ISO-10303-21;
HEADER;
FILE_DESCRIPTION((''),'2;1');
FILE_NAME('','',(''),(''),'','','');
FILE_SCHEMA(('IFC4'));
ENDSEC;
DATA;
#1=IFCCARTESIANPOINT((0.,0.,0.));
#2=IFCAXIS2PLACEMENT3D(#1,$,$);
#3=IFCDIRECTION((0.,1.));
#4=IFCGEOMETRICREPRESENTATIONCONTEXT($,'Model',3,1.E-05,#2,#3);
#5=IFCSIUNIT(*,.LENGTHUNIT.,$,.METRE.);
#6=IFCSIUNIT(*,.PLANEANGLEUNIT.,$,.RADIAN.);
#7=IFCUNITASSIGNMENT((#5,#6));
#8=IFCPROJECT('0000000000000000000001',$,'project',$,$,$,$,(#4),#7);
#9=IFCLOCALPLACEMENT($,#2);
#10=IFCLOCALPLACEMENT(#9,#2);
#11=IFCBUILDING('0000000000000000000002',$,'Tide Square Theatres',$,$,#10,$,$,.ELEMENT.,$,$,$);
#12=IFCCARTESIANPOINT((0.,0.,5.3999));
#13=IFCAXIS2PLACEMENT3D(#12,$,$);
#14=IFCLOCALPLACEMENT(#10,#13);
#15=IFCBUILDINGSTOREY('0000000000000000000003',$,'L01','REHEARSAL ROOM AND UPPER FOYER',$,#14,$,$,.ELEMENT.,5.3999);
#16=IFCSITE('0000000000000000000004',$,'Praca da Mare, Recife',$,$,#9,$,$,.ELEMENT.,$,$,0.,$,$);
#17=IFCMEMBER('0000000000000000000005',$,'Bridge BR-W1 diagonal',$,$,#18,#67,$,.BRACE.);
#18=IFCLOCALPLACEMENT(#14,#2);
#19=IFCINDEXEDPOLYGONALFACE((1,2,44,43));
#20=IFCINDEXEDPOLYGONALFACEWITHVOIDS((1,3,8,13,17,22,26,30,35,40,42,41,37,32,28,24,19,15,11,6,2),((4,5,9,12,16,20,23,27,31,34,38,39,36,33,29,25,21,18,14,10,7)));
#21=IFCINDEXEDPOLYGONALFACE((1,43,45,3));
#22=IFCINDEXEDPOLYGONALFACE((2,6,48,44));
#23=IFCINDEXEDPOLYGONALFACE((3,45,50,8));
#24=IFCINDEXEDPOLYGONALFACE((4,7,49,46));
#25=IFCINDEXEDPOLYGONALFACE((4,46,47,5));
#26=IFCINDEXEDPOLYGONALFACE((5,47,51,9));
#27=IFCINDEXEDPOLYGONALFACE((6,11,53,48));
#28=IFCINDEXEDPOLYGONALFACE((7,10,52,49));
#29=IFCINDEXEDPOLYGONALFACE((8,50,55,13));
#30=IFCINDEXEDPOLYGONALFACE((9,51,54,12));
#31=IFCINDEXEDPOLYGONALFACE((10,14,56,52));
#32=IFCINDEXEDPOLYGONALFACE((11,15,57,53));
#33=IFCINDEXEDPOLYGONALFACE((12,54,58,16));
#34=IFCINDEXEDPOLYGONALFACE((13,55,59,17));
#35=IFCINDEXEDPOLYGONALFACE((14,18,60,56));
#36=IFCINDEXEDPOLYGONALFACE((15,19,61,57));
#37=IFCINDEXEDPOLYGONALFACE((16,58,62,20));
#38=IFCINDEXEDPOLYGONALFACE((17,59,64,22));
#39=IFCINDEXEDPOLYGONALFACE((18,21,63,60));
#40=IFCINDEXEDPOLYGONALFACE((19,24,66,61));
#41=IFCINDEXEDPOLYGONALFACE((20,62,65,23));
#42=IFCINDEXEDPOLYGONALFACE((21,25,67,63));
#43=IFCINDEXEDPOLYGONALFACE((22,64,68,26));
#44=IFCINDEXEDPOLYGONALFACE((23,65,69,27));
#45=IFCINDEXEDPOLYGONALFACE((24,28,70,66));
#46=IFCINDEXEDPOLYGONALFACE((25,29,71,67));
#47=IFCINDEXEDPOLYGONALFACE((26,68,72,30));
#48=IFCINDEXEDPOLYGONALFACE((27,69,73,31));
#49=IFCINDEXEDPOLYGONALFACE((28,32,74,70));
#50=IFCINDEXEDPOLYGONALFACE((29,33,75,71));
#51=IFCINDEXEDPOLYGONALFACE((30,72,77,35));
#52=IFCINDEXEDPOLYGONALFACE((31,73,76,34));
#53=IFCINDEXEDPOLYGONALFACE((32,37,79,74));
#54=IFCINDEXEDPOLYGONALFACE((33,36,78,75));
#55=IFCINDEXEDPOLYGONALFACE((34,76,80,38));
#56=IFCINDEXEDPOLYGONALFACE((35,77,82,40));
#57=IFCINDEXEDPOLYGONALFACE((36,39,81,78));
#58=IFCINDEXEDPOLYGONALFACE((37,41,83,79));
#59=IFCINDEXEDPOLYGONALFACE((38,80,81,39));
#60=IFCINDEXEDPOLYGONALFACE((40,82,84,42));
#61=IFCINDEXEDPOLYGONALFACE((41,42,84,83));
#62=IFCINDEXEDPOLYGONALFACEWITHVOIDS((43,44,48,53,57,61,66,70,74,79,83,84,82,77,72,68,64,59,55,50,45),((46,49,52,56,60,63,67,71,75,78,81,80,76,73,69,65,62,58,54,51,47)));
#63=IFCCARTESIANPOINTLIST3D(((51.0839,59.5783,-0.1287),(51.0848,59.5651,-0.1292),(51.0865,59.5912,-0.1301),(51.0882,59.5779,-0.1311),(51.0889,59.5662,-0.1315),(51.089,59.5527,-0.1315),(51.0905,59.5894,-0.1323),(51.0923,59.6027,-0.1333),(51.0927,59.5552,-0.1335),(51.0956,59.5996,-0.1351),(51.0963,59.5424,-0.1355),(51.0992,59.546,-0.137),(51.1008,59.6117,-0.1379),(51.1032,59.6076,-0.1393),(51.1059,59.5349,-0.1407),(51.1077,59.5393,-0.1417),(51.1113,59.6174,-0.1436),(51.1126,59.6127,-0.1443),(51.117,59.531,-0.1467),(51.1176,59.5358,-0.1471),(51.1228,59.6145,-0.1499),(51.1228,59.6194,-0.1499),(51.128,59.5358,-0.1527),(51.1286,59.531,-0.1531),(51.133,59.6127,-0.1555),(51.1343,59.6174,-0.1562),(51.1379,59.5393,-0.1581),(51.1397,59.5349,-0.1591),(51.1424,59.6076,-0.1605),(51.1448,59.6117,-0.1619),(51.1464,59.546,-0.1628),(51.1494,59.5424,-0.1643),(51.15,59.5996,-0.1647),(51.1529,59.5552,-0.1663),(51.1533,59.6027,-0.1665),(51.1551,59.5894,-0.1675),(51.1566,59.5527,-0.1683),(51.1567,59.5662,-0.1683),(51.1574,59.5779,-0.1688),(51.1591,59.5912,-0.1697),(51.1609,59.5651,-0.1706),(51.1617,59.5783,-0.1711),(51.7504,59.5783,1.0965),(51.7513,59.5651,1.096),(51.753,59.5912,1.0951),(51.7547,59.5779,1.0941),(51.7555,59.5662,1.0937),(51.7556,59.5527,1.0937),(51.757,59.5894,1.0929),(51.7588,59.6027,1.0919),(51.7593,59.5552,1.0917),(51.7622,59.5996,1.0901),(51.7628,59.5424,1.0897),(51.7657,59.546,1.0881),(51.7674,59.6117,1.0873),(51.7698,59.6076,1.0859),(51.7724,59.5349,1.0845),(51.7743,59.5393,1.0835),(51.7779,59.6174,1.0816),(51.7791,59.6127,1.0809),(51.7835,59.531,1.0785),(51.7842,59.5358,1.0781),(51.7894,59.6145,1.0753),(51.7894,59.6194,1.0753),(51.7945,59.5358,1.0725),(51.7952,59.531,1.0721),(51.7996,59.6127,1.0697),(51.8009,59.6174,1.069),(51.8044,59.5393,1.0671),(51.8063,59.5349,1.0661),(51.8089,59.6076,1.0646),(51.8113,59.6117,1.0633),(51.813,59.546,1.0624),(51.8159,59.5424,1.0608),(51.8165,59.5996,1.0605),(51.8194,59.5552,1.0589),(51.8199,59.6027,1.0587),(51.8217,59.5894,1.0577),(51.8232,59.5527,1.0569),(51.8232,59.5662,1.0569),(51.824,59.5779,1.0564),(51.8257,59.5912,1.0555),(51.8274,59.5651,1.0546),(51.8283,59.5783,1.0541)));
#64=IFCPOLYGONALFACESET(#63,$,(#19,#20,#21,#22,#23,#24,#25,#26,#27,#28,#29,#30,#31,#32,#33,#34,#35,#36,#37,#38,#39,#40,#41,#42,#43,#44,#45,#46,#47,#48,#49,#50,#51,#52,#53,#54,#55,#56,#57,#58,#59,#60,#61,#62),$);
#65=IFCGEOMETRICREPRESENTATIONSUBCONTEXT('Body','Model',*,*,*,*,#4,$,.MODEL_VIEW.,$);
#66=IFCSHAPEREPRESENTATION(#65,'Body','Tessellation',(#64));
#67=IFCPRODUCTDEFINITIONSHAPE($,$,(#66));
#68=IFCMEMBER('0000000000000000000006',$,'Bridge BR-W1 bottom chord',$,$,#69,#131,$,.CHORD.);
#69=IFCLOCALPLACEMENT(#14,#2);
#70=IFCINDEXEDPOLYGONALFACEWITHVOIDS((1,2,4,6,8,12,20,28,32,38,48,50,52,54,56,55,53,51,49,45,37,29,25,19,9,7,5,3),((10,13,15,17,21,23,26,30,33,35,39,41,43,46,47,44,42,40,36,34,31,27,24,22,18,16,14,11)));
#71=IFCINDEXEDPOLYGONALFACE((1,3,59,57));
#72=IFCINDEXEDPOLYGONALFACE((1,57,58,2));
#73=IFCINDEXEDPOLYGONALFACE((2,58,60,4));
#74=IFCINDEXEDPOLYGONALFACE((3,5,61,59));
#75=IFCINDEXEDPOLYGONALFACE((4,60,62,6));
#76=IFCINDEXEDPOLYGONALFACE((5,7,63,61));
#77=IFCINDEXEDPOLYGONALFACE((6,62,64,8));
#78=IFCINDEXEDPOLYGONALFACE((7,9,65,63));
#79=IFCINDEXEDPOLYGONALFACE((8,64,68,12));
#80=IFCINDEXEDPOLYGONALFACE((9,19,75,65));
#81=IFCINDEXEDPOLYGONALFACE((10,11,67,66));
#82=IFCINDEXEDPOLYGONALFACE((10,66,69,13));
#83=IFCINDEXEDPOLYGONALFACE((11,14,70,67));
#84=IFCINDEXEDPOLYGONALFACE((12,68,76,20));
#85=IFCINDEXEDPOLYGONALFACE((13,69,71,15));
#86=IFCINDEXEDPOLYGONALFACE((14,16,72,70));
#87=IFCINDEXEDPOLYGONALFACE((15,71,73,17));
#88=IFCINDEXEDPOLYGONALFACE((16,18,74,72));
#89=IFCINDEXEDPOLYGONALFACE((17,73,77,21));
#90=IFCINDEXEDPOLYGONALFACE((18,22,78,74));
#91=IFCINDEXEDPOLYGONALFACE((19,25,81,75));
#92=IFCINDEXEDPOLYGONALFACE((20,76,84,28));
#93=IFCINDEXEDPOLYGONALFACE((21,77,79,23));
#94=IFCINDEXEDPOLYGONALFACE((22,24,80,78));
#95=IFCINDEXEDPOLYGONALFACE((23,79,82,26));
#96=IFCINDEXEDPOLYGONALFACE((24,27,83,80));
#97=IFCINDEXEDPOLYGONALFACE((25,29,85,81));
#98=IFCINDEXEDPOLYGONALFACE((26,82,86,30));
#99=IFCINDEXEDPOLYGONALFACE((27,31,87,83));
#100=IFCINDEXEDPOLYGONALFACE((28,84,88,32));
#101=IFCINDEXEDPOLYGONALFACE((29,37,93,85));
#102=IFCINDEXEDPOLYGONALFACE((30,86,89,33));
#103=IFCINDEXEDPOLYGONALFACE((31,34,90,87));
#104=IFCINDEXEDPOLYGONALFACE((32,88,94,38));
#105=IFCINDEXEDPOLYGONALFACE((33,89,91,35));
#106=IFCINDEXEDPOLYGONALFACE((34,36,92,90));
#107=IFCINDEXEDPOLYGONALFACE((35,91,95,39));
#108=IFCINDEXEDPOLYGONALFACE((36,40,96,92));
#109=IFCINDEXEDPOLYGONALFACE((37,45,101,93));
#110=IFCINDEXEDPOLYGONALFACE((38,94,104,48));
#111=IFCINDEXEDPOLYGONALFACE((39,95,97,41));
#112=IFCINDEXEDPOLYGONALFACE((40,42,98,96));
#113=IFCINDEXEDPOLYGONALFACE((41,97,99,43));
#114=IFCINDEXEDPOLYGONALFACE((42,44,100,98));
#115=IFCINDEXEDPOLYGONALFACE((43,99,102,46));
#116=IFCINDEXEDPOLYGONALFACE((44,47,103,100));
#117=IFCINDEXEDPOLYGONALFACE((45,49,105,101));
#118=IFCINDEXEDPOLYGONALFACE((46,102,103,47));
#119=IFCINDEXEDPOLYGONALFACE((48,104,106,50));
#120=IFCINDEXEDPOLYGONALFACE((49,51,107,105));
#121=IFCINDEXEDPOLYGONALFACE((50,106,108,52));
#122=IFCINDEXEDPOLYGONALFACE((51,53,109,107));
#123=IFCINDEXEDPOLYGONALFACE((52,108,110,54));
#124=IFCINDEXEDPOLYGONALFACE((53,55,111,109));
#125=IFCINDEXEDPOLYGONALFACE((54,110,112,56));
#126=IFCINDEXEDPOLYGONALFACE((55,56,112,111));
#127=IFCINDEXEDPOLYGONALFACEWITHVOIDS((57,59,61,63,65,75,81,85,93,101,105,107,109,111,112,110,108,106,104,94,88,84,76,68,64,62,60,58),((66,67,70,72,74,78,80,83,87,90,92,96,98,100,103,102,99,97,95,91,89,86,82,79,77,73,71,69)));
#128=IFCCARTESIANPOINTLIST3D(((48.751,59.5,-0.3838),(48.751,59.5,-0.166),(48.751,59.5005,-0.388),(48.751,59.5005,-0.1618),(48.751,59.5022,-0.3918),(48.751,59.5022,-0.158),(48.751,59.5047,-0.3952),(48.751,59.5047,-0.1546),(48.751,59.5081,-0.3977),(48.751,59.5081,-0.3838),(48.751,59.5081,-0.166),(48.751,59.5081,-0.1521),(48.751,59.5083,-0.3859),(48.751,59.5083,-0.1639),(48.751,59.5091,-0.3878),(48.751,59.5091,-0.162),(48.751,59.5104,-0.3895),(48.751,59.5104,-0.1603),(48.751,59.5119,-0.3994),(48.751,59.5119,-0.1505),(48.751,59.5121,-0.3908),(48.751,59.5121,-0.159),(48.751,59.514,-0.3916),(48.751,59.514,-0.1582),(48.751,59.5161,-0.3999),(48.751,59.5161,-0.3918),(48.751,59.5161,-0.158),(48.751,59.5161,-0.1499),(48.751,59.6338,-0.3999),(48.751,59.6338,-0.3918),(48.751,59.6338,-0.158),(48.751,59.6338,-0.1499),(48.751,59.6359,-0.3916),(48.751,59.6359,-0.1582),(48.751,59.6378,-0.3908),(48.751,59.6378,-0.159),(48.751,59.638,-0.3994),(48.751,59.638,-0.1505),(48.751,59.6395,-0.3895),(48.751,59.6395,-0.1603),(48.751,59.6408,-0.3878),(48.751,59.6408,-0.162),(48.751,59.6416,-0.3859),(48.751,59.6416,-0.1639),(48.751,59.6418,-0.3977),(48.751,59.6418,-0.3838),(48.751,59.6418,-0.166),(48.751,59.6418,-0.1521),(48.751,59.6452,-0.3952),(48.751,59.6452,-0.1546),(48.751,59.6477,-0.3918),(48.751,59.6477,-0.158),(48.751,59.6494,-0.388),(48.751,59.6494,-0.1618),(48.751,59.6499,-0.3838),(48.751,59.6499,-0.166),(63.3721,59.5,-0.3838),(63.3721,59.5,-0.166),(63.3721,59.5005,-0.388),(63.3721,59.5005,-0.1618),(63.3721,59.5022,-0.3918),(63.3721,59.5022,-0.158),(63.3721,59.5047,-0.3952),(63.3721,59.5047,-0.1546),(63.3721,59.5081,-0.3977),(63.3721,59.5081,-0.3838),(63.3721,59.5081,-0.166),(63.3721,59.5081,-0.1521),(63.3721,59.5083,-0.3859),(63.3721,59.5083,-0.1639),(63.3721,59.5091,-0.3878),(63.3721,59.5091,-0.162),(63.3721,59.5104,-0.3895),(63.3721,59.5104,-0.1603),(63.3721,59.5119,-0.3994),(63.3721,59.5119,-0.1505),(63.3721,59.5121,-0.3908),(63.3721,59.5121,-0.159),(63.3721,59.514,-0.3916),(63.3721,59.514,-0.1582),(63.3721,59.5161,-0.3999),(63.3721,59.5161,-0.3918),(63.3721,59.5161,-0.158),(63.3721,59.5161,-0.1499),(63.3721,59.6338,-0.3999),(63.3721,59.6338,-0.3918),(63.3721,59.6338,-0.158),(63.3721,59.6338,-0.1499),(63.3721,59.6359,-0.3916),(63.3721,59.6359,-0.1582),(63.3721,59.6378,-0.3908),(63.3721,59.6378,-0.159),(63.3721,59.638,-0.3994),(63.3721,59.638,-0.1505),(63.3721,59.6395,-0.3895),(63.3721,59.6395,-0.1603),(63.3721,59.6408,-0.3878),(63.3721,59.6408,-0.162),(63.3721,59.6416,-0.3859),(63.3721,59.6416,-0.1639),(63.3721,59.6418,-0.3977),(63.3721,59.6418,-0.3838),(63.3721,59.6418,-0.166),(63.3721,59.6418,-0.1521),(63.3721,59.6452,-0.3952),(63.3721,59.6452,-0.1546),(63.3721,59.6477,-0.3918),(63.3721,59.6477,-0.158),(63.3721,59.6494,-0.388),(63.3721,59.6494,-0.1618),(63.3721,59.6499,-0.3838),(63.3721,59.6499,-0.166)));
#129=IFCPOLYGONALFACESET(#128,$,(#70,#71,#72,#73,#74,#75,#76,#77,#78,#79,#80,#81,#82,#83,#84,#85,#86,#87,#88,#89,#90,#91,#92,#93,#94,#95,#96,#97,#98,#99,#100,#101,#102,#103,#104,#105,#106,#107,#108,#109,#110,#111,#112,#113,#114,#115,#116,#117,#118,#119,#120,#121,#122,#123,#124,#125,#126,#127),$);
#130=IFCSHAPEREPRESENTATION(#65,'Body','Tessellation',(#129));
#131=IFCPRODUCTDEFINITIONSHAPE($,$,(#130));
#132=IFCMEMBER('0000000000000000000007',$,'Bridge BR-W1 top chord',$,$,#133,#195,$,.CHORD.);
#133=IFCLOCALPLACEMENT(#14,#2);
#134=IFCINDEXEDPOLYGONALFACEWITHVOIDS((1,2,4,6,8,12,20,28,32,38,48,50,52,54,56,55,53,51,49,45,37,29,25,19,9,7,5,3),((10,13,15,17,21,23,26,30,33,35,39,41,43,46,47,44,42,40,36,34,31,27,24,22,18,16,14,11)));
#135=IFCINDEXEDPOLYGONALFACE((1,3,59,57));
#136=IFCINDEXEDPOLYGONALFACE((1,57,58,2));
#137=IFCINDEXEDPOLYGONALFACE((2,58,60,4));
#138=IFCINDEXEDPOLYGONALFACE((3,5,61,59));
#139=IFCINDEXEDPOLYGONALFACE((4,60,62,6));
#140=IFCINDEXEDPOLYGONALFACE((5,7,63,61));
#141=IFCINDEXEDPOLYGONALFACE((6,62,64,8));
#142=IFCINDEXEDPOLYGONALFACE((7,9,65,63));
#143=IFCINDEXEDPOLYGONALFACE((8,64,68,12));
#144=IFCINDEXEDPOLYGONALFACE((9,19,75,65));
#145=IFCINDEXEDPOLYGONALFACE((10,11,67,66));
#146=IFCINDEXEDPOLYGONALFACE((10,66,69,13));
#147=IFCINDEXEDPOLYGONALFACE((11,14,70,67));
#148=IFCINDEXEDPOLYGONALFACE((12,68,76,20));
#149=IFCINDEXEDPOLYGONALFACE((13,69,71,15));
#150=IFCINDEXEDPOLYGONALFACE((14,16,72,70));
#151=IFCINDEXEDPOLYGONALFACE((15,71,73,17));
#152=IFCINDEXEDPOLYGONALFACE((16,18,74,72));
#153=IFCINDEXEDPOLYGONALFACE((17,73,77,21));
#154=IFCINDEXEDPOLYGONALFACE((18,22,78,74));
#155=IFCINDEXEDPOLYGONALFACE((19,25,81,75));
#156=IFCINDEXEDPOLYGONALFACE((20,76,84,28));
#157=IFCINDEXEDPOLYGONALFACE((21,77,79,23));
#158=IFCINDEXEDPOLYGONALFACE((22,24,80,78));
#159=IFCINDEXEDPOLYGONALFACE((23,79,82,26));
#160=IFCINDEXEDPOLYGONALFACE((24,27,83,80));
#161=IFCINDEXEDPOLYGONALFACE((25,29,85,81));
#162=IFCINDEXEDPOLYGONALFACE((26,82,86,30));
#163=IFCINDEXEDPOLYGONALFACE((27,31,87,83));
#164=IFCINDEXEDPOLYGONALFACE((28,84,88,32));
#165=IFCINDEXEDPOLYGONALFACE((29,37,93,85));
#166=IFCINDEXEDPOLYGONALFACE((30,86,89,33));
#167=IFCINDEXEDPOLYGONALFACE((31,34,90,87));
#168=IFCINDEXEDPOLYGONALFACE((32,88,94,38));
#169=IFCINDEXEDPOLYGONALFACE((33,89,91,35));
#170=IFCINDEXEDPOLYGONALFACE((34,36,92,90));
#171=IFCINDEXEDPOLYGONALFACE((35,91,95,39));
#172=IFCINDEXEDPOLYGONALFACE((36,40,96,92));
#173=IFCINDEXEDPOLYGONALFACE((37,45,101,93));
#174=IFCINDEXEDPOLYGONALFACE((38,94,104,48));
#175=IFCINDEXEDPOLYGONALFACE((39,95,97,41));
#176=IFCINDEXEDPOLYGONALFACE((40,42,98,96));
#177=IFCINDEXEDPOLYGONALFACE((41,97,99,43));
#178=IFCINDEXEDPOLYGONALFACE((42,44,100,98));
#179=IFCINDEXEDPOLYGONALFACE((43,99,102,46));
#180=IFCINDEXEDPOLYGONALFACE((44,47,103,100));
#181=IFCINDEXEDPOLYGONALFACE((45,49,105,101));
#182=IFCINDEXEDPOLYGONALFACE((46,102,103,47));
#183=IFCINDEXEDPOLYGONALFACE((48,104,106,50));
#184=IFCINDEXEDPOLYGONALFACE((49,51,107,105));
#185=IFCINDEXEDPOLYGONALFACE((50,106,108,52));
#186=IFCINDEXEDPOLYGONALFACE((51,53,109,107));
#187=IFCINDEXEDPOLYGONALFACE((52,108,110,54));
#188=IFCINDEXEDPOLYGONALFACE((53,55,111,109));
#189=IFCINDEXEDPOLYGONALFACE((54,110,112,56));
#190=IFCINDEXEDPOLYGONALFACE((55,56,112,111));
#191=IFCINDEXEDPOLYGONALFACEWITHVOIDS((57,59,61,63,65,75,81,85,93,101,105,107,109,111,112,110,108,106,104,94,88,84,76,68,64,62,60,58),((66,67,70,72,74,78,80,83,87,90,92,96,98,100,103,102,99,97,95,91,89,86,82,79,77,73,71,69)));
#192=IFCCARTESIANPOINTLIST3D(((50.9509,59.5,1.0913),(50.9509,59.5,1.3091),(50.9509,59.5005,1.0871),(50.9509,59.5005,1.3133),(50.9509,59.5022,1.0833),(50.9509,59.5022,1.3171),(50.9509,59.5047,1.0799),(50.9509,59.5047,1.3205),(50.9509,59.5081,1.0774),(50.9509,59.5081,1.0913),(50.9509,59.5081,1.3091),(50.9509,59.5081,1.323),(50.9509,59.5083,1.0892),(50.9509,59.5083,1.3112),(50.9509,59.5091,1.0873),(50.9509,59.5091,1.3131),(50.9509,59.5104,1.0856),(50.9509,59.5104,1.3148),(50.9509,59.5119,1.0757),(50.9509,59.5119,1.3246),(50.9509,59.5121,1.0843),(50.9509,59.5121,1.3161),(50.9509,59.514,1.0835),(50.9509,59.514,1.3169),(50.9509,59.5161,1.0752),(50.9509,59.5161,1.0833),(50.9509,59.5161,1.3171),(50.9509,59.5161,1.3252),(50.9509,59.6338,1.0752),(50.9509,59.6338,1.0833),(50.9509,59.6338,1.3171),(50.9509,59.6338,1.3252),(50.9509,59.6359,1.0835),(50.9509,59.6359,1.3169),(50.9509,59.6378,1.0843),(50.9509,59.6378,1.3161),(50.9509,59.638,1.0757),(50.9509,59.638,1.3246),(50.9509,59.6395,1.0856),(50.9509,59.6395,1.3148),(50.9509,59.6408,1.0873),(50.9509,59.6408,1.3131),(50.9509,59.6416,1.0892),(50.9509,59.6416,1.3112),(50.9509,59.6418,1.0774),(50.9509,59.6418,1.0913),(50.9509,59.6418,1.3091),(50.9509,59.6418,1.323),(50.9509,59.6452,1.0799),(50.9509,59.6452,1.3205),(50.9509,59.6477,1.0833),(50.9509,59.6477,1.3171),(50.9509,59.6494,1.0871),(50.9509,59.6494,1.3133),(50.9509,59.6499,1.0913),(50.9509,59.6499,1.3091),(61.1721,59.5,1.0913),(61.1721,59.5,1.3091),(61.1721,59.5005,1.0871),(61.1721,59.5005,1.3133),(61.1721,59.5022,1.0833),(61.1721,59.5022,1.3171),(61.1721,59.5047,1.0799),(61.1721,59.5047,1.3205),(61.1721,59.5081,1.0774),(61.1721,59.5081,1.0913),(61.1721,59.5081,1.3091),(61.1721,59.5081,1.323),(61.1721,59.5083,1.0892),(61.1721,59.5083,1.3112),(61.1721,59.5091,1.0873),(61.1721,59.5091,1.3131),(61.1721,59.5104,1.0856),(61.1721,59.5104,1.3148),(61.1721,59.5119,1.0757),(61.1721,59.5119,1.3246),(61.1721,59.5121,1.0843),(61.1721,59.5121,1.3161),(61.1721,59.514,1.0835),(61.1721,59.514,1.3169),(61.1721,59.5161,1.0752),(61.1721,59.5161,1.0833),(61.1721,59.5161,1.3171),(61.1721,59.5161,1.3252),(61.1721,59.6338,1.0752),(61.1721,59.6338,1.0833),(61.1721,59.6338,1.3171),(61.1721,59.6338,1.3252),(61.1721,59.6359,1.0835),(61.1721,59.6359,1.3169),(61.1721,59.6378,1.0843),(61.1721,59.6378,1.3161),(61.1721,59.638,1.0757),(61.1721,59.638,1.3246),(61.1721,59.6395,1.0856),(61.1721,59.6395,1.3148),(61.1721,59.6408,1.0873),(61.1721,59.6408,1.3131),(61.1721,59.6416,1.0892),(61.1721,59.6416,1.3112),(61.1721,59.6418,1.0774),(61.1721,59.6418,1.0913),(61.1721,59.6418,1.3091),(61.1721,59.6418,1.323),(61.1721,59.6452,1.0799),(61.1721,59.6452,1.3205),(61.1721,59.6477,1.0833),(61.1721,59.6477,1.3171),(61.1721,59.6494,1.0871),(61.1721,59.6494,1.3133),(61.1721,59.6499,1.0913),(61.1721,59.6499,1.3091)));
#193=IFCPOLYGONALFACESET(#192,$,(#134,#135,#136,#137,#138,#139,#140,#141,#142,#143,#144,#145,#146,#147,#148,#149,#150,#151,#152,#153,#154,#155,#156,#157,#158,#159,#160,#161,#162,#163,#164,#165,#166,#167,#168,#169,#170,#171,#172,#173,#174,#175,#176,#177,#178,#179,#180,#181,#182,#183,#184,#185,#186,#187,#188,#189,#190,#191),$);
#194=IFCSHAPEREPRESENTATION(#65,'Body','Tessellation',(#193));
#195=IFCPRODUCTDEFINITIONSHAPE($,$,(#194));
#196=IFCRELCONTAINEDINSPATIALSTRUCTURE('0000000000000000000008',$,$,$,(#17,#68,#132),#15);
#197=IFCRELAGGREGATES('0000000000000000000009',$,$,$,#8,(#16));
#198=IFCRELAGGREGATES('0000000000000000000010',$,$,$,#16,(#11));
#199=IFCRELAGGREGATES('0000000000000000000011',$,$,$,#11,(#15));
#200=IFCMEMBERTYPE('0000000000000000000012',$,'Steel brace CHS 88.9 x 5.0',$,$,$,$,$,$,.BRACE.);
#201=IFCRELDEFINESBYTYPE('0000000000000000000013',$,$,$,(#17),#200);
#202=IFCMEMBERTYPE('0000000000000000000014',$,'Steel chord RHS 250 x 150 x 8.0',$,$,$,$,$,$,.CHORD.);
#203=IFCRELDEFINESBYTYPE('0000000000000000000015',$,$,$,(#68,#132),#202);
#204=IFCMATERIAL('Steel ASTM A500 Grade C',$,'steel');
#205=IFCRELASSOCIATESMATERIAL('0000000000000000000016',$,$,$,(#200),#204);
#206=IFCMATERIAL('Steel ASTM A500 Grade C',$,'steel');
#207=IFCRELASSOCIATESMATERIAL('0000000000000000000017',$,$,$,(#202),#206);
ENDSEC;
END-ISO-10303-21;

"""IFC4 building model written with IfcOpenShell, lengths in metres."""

from ifc_helpers import new_model, si_unit, direction, frame, origin, origin_2d, place, context, subcontext, project, spatial, hollow_rectangle, hollow_circle, extrude, material, material_profile, profile_set, type_object, element, save


model = new_model("IFC4")

# Units and contexts
model_context = context("Model", 3, precision=1e-05, world=origin(), true_north=direction((0.0, 1.0)))
body_context = subcontext(model_context, "Body", "Model", "MODEL_VIEW")
ifc_project = project(units=[si_unit("LENGTHUNIT", "METRE"), si_unit("PLANEANGLEUNIT", "RADIAN")], contexts=[model_context])

# Site, building, storey
site_placement = place(None, origin())
site = spatial("IfcSite", under=ifc_project, at=site_placement, Name="Praca da Mare, Recife", CompositionType="ELEMENT", RefElevation=0.0)
building_placement = place(site_placement, origin())
building = spatial("IfcBuilding", under=site, at=building_placement, Name="Tide Square Theatres", CompositionType="ELEMENT")
storey_placement = place(building_placement, frame((0.0, 0.0, 5.3999)))
storey = spatial("IfcBuildingStorey", under=building, at=storey_placement, Name="L01", Description="REHEARSAL ROOM AND UPPER FOYER", CompositionType="ELEMENT", Elevation=5.3999)

# Members
ifc_material_1 = material(Name="Steel ASTM A500 Grade C", Category="steel")
ifc_material_profile_1 = material_profile(ifc_material_1, hollow_circle(Radius=0.0444, WallThickness=0.0049, at=origin_2d()))
ifc_profile_set_1 = profile_set([ifc_material_profile_1], Name="Steel ASTM A500 Grade C")
member_type_1 = type_object("IfcMemberType", Name="Steel brace CHS 88.9 x 5.0", PredefinedType="BRACE", material=ifc_profile_set_1)
member_1_placement = place(storey_placement, frame((51.1228, 59.575, -0.1499), z_axis=(0.477895, 0.0, 0.878417), x_axis=(0.0, 1.0, 0.0)))
element("IfcMember", 1, at=member_1_placement, inside=storey, type_object=member_type_1, Name="Bridge BR-W1 diagonal", PredefinedType="BRACE", context=body_context, shape_type="SweptSolid", body=[
    extrude(hollow_circle(Radius=0.0444, WallThickness=0.0049, at=origin_2d()), origin(), (0.0, 0.0, 1.0), 1.3948),
])
ifc_material_2 = material(Name="Steel ASTM A500 Grade C", Category="steel")
ifc_material_profile_2 = material_profile(ifc_material_2, hollow_rectangle(XDim=0.1499, YDim=0.25, WallThickness=0.0081, InnerFilletRadius=0.0081, OuterFilletRadius=0.0161, at=origin_2d()))
ifc_profile_set_2 = profile_set([ifc_material_profile_2], Name="Steel ASTM A500 Grade C")
member_type_2 = type_object("IfcMemberType", Name="Steel chord RHS 250 x 150 x 8.0", PredefinedType="CHORD", material=ifc_profile_set_2)
member_2_placement = place(storey_placement, frame((48.751, 59.575, -0.2749), z_axis=(1.0, 0.0, 0.0), x_axis=(0.0, 1.0, 0.0)))
element("IfcMember", 2, at=member_2_placement, inside=storey, type_object=member_type_2, Name="Bridge BR-W1 bottom chord", PredefinedType="CHORD", context=body_context, shape_type="SweptSolid", body=[
    extrude(hollow_rectangle(XDim=0.1499, YDim=0.25, WallThickness=0.0081, InnerFilletRadius=0.0081, OuterFilletRadius=0.0161, at=origin_2d()), origin(), (0.0, 0.0, 1.0), 14.6211),
])
member_3_placement = place(storey_placement, frame((50.9509, 59.575, 1.2002), z_axis=(1.0, 0.0, 0.0), x_axis=(0.0, 1.0, 0.0)))
element("IfcMember", 3, at=member_3_placement, inside=storey, type_object=member_type_2, Name="Bridge BR-W1 top chord", PredefinedType="CHORD", context=body_context, shape_type="SweptSolid", body=[
    extrude(hollow_rectangle(XDim=0.1499, YDim=0.25, WallThickness=0.0081, InnerFilletRadius=0.0081, OuterFilletRadius=0.0161, at=origin_2d()), origin(), (0.0, 0.0, 1.0), 10.2212),
])

save(model, "model.ifc")
